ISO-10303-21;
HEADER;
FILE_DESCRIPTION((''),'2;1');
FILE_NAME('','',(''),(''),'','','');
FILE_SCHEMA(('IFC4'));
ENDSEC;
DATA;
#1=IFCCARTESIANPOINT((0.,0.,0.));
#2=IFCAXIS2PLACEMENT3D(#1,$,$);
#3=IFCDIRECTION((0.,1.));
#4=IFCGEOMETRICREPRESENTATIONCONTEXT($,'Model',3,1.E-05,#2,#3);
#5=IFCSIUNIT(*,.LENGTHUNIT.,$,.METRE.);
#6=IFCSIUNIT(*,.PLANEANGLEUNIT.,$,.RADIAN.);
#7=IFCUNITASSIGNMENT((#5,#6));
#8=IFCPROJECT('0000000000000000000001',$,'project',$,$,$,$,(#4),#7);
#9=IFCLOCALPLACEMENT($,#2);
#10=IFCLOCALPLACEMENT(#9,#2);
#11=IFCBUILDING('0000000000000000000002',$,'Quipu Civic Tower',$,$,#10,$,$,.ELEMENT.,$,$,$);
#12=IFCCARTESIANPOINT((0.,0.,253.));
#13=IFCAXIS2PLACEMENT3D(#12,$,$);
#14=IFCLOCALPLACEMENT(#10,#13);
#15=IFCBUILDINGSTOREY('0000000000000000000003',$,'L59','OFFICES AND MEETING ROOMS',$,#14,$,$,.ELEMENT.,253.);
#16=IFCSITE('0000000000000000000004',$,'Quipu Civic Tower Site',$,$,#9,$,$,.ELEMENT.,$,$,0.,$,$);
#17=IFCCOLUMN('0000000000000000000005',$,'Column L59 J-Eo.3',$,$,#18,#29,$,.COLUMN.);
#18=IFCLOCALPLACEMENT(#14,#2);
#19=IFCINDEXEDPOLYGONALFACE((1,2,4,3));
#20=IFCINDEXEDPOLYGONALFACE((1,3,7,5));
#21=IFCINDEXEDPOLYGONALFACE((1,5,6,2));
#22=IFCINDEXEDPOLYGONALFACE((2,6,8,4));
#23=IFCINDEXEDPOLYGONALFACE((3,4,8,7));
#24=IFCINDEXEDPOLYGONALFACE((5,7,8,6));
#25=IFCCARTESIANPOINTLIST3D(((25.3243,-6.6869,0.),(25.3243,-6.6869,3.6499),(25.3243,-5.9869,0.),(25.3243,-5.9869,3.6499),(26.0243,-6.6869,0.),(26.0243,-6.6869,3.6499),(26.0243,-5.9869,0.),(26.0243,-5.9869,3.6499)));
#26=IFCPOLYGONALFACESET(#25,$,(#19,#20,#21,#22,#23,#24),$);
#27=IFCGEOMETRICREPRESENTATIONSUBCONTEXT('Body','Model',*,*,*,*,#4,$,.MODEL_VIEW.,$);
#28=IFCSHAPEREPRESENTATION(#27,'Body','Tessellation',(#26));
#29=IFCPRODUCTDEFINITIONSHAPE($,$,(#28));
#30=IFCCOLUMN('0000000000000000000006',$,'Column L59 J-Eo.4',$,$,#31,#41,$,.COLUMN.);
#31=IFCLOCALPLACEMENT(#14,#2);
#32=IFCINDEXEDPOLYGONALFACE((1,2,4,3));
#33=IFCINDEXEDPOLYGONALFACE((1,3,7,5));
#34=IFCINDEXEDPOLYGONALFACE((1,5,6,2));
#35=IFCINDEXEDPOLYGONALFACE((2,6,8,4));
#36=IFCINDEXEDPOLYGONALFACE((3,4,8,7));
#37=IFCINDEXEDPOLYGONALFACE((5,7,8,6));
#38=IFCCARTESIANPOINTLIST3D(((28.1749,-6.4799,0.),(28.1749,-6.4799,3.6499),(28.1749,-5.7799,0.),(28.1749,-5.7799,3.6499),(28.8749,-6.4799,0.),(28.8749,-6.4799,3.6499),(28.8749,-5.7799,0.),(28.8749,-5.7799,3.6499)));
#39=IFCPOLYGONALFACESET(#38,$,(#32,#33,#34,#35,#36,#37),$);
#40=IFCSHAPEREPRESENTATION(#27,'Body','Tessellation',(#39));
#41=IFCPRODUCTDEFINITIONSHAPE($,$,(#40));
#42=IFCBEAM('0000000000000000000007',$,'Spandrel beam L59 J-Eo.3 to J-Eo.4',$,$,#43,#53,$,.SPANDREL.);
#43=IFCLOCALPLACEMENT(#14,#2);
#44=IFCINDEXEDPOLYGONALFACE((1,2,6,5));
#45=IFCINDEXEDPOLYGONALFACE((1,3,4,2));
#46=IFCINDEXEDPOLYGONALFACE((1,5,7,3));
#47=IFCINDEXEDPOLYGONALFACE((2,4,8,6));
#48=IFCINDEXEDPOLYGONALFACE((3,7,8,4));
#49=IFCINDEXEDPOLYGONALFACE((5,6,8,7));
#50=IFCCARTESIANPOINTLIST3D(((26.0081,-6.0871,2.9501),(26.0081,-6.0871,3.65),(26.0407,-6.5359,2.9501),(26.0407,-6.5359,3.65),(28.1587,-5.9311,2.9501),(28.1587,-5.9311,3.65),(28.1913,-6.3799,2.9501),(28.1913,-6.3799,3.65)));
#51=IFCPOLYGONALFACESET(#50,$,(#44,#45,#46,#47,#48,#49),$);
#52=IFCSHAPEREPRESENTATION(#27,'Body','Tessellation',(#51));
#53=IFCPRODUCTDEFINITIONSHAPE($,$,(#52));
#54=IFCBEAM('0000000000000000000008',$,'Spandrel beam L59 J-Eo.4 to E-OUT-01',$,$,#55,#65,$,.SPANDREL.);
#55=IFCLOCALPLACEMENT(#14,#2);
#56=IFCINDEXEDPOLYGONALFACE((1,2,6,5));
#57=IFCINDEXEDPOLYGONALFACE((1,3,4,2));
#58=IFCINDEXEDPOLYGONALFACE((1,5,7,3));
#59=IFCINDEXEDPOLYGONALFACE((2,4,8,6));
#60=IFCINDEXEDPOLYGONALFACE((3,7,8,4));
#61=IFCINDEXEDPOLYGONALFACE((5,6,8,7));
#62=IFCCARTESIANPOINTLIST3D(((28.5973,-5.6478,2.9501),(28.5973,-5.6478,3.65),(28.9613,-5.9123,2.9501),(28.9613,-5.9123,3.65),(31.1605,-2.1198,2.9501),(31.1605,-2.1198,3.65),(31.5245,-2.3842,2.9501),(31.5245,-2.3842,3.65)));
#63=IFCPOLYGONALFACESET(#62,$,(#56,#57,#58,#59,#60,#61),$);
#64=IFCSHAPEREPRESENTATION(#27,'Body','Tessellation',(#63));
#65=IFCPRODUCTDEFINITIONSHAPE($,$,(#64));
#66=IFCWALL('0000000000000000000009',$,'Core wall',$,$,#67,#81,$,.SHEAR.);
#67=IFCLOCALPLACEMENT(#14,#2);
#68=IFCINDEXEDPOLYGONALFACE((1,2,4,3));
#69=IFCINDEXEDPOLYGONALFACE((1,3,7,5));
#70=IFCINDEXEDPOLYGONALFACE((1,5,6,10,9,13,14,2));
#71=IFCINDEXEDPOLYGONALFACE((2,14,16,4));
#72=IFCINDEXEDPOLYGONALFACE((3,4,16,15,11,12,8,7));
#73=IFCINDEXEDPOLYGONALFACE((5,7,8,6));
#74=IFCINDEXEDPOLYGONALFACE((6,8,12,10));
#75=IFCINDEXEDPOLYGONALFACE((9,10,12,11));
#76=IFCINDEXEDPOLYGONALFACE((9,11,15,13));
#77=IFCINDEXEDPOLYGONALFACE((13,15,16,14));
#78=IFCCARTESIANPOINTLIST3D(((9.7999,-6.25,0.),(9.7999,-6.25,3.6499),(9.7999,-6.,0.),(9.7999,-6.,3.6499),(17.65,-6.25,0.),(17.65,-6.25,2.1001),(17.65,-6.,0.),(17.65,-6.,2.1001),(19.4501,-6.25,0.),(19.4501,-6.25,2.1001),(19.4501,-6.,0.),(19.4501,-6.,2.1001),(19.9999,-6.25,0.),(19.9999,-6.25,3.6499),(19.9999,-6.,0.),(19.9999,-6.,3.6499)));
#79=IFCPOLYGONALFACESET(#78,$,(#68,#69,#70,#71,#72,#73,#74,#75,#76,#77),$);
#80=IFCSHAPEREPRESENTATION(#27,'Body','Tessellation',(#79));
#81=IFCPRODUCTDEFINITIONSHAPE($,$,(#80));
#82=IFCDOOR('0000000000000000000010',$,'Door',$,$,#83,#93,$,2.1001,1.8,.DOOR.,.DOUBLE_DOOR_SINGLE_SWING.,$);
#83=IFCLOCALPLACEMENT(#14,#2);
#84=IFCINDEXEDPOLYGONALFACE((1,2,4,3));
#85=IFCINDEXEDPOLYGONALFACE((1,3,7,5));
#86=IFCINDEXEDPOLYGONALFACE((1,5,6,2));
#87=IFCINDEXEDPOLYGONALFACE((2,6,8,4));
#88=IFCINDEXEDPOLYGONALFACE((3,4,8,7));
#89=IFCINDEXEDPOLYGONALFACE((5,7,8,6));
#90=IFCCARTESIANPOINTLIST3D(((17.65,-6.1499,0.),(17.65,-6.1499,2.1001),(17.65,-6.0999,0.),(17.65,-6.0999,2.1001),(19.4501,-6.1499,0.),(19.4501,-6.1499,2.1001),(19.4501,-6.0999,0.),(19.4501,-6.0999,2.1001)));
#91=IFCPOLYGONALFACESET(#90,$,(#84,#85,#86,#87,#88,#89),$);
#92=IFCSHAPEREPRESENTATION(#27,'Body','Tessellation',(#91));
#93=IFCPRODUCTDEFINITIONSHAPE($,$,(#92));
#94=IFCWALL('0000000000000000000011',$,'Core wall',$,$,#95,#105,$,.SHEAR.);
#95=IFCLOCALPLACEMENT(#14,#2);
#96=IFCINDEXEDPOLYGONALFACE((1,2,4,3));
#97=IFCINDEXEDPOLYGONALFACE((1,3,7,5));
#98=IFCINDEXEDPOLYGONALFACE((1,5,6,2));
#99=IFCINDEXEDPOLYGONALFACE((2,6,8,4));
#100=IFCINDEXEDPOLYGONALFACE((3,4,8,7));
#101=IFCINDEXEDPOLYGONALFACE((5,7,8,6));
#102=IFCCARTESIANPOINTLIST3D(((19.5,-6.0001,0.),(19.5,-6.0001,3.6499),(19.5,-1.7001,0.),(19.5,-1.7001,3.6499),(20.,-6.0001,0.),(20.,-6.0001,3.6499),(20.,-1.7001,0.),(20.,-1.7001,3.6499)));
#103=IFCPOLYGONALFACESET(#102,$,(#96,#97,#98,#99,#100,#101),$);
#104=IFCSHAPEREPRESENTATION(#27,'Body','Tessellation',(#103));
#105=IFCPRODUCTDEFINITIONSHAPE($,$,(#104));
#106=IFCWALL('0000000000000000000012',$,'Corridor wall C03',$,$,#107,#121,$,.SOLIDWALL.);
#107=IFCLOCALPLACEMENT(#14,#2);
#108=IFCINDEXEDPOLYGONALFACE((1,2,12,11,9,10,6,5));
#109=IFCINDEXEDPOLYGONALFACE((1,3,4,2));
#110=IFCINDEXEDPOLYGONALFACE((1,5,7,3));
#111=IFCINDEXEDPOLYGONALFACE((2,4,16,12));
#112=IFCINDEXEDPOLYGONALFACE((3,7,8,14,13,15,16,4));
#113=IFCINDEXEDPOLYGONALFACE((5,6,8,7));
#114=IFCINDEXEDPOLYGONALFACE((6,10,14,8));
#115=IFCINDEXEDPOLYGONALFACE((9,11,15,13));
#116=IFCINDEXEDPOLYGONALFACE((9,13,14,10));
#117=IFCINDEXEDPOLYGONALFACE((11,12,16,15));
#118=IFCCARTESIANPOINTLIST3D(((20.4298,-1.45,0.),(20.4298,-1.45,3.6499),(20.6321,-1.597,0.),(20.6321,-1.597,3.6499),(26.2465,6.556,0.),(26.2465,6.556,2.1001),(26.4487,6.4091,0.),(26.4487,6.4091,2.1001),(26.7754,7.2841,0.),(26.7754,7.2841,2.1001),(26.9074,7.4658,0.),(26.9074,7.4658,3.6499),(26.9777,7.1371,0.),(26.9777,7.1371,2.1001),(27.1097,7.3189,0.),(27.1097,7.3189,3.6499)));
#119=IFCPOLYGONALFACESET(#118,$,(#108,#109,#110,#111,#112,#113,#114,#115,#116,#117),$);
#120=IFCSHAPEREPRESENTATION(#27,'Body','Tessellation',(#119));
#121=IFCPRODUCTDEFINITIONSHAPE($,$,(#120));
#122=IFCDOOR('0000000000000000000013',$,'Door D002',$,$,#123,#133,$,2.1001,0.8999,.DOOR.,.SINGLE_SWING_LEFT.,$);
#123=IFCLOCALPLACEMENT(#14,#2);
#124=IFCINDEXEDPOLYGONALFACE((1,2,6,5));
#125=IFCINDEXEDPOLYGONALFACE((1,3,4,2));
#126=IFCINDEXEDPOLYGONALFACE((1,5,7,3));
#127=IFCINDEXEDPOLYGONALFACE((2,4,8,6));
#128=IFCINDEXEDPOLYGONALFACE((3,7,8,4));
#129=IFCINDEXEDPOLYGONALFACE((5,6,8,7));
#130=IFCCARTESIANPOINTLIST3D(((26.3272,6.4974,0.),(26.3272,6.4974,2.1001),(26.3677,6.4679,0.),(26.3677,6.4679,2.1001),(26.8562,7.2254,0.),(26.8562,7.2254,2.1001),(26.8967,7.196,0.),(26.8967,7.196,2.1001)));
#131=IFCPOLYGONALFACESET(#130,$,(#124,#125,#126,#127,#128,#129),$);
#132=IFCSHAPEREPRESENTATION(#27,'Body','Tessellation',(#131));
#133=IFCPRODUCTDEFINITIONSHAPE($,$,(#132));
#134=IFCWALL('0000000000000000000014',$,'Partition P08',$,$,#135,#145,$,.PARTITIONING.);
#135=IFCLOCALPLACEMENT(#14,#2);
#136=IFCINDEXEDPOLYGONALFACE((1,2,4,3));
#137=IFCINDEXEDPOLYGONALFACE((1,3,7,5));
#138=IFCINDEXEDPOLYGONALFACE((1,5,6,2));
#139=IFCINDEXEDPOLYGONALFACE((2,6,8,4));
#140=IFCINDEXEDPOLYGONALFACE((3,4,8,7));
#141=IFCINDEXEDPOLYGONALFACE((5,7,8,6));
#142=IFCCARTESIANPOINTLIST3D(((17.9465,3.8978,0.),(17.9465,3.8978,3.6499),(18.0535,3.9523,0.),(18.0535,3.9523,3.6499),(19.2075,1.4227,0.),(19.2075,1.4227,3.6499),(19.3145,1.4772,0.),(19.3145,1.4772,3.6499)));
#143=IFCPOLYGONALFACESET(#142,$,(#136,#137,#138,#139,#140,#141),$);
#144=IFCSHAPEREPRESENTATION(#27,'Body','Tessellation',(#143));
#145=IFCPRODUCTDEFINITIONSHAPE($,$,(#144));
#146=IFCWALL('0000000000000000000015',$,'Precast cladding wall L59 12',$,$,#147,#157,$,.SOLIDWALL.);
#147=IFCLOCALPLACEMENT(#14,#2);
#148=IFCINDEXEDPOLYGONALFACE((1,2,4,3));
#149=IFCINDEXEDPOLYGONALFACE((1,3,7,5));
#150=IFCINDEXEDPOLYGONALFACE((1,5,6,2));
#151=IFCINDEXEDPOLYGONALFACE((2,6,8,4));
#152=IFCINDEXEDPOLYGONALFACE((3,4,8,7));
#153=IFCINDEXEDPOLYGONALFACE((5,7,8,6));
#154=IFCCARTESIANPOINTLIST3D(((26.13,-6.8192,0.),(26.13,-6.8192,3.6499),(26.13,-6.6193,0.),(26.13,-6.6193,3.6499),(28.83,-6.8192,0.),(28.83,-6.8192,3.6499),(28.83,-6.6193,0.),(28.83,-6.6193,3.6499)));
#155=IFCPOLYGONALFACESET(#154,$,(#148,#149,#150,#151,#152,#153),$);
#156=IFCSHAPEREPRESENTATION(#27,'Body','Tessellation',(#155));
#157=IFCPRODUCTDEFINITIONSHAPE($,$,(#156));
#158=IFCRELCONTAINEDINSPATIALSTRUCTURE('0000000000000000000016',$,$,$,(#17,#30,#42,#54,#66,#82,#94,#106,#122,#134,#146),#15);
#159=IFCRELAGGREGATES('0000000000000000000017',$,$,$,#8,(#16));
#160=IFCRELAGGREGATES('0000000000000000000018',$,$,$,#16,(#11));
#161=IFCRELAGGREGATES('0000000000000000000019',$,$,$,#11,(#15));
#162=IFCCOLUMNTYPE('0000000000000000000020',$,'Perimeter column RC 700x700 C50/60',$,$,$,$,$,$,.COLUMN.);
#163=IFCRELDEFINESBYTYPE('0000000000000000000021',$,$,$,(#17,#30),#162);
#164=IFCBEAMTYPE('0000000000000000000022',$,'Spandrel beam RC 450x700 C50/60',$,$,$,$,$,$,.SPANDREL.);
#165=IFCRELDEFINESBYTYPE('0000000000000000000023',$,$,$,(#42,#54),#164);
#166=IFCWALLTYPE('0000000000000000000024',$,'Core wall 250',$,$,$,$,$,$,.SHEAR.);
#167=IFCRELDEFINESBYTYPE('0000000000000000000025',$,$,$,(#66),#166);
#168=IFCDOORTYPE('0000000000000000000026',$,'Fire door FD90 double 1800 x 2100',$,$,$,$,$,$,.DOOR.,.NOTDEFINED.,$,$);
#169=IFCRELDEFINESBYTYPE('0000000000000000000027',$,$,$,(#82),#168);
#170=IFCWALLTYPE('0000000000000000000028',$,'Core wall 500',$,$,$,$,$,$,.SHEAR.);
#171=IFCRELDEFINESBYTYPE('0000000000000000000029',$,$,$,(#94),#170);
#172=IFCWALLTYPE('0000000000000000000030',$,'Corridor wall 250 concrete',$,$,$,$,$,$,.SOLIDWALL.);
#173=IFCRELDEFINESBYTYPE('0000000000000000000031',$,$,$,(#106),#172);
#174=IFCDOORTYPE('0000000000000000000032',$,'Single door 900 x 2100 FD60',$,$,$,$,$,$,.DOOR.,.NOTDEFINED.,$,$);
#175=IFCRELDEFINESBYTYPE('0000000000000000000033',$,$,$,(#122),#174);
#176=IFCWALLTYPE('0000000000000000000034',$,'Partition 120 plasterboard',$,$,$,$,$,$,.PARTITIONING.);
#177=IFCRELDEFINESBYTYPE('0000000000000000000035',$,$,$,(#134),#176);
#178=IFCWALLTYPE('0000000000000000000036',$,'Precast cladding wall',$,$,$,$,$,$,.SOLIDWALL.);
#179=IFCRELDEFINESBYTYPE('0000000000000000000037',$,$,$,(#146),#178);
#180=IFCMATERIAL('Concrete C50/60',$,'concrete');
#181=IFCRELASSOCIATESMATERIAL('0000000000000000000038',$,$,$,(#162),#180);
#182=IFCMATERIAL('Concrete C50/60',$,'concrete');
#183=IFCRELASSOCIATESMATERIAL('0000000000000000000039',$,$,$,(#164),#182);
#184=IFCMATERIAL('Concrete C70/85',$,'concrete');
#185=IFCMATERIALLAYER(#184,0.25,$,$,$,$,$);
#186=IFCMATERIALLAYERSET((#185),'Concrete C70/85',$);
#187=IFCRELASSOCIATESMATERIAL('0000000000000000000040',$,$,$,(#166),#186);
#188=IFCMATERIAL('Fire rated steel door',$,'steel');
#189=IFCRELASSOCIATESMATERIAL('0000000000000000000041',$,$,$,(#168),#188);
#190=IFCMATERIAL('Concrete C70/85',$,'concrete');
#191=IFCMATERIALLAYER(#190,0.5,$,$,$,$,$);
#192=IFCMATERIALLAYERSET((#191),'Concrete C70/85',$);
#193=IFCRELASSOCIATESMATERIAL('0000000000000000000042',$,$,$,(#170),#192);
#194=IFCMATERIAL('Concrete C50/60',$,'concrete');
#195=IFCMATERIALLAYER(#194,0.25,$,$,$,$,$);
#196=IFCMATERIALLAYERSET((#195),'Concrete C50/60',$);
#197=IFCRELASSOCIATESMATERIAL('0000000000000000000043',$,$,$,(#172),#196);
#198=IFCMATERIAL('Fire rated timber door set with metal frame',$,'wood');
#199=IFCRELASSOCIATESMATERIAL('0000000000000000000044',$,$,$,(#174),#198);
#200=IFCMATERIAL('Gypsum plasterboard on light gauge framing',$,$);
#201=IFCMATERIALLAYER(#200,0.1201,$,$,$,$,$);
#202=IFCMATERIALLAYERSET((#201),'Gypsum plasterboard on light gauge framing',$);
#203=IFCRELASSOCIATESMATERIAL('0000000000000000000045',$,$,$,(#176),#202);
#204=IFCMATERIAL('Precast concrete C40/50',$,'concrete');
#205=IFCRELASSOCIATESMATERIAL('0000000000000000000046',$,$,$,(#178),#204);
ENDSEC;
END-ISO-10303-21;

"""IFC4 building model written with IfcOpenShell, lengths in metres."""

from ifc_helpers import new_model, si_unit, direction, frame, frame_2d, origin, origin_2d, place, context, subcontext, project, spatial, rectangle, extrude, material, layer, layer_set, material_profile, profile_set, type_object, element, fill, save


model = new_model("IFC4")

# Units and contexts
model_context = context("Model", 3, precision=1e-05, world=origin(), true_north=direction((0.0, 1.0)))
body_context = subcontext(model_context, "Body", "Model", "MODEL_VIEW")
ifc_project = project(units=[si_unit("LENGTHUNIT", "METRE"), si_unit("PLANEANGLEUNIT", "RADIAN")], contexts=[model_context])

# Site, building, storey
site_placement = place(None, origin())
site = spatial("IfcSite", under=ifc_project, at=site_placement, Name="Quipu Civic Tower Site", CompositionType="ELEMENT", RefElevation=0.0)
building_placement = place(site_placement, origin())
building = spatial("IfcBuilding", under=site, at=building_placement, Name="Quipu Civic Tower", CompositionType="ELEMENT")
storey_placement = place(building_placement, frame((0.0, 0.0, 253.0)))
storey = spatial("IfcBuildingStorey", under=building, at=storey_placement, Name="L59", Description="OFFICES AND MEETING ROOMS", CompositionType="ELEMENT", Elevation=253.0)

# Columns
ifc_material_1 = material(Name="Concrete C50/60", Category="concrete")
ifc_material_profile_1 = material_profile(ifc_material_1, rectangle(XDim=0.7, YDim=0.7, at=origin_2d()), Name="RC700x700")
ifc_profile_set_1 = profile_set([ifc_material_profile_1], Name="Concrete C50/60")
column_type = type_object("IfcColumnType", Name="Perimeter column RC 700x700 C50/60", PredefinedType="COLUMN", material=ifc_profile_set_1)
for number, where, z_axis, x_axis, name in (
    (1, (25.6743, -6.3369, 0.0), (0.0, 0.0, 1.0), (1.0, 0.0, 0.0), "Column L59 J-Eo.3"),
    (2, (28.5249, -6.1299, 0.0), (0.0, 0.0, 1.0), (1.0, 0.0, 0.0), "Column L59 J-Eo.4"),
):
    element("IfcColumn", number, at=place(storey_placement, frame(where, z_axis=z_axis, x_axis=x_axis)), inside=storey, type_object=column_type, Name=name, PredefinedType="COLUMN", context=body_context, shape_type="SweptSolid", body=[
        extrude(rectangle(XDim=0.7, YDim=0.7, at=origin_2d()), origin(), (0.0, 0.0, 1.0), 3.6499),
    ])

# Beams
ifc_material_2 = material(Name="Concrete C50/60", Category="concrete")
ifc_material_profile_2 = material_profile(ifc_material_2, rectangle(XDim=0.45, YDim=0.7, at=origin_2d()), Name="RC450x700")
ifc_profile_set_2 = profile_set([ifc_material_profile_2], Name="Concrete C50/60")
beam_type = type_object("IfcBeamType", Name="Spandrel beam RC 450x700 C50/60", PredefinedType="SPANDREL", material=ifc_profile_set_2)
beam_1_placement = place(storey_placement, frame((26.0244, -6.3115, 3.3), z_axis=(0.997379, 0.072349, 0.0), x_axis=(-0.072349, 0.997379, 0.0)))
element("IfcBeam", 3, at=beam_1_placement, inside=storey, type_object=beam_type, Name="Spandrel beam L59 J-Eo.3 to J-Eo.4", PredefinedType="SPANDREL", context=body_context, shape_type="SweptSolid", body=[
    extrude(rectangle(XDim=0.45, YDim=0.7, at=origin_2d()), origin(), (0.0, 0.0, 1.0), 2.1562),
])
beam_2_placement = place(storey_placement, frame((28.7793, -5.78, 3.3), z_axis=(0.587776, 0.809024, 0.0), x_axis=(-0.809024, 0.587776, 0.0)))
element("IfcBeam", 4, at=beam_2_placement, inside=storey, type_object=beam_type, Name="Spandrel beam L59 J-Eo.4 to E-OUT-01", PredefinedType="SPANDREL", context=body_context, shape_type="SweptSolid", body=[
    extrude(rectangle(XDim=0.45, YDim=0.7, at=origin_2d()), origin(), (0.0, 0.0, 1.0), 4.3608),
])

# Wall, opening, door
ifc_material_3 = material(Name="Concrete C70/85", Category="concrete")
ifc_layer_1 = layer(ifc_material_3, 0.25)
ifc_layer_set_1 = layer_set([ifc_layer_1], Name="Concrete C70/85")
wall_type_1 = type_object("IfcWallType", Name="Core wall 250", PredefinedType="SHEAR", material=ifc_layer_set_1)
wall_1_placement = place(storey_placement, frame((20.0, -6.125, 0.0), z_axis=(0.0, 0.0, 1.0), x_axis=(-1.0, 0.0, 0.0)))
wall_1 = element("IfcWall", 5, at=wall_1_placement, inside=storey, type_object=wall_type_1, Name="Core wall", PredefinedType="SHEAR", context=body_context, shape_type="SweptSolid", body=[
    extrude(rectangle(XDim=10.2, YDim=0.25, at=frame_2d((5.1001, 0.0))), origin(), (0.0, 0.0, 1.0), 3.6499),
])
opening_1_placement = place(wall_1_placement, frame((0.55, 0.0, 0.0)))
opening_1 = element("IfcOpeningElement", 6, at=opening_1_placement, cuts=wall_1, PredefinedType="OPENING", context=body_context, shape_type="SweptSolid", body=[
    extrude(rectangle(XDim=1.8, YDim=2.1001, at=frame_2d((0.8999, 1.05))), frame((0.0, 0.135, 0.0), z_axis=(0.0, -1.0, 0.0), x_axis=(1.0, 0.0, 0.0)), (0.0, 0.0, 1.0), 0.27),
])
ifc_material_4 = material(Name="Fire rated steel door", Category="steel")
door_type_1 = type_object("IfcDoorType", Name="Fire door FD90 double 1800 x 2100", OperationType="NOTDEFINED", PredefinedType="DOOR", material=ifc_material_4)
door_1_placement = place(opening_1_placement, origin())
door_1 = element("IfcDoor", 7, at=door_1_placement, inside=storey, type_object=door_type_1, Name="Door", OperationType="DOUBLE_DOOR_SINGLE_SWING", OverallHeight=2.1001, OverallWidth=1.8, PredefinedType="DOOR", context=body_context, shape_type="SweptSolid", body=[
    extrude(rectangle(XDim=1.8, YDim=2.1001, at=frame_2d((0.8999, 1.05))), frame((0.0, 0.0249, 0.0), z_axis=(0.0, -1.0, 0.0), x_axis=(1.0, 0.0, 0.0)), (0.0, 0.0, 1.0), 0.05),
])
fill(opening_1, door_1)

# Wall
ifc_material_5 = material(Name="Concrete C70/85", Category="concrete")
ifc_layer_2 = layer(ifc_material_5, 0.5)
ifc_layer_set_2 = layer_set([ifc_layer_2], Name="Concrete C70/85")
wall_type_2 = type_object("IfcWallType", Name="Core wall 500", PredefinedType="SHEAR", material=ifc_layer_set_2)
wall_2_placement = place(storey_placement, frame((19.75, -6.0, 0.0), z_axis=(0.0, 0.0, 1.0), x_axis=(0.0, 1.0, 0.0)))
element("IfcWall", 8, at=wall_2_placement, inside=storey, type_object=wall_type_2, Name="Core wall", PredefinedType="SHEAR", context=body_context, shape_type="SweptSolid", body=[
    extrude(rectangle(XDim=4.3, YDim=0.5, at=frame_2d((2.1499, 0.0))), origin(), (0.0, 0.0, 1.0), 3.6499),
])

# Wall, opening, door
ifc_material_6 = material(Name="Concrete C50/60", Category="concrete")
ifc_layer_3 = layer(ifc_material_6, 0.25)
ifc_layer_set_3 = layer_set([ifc_layer_3], Name="Concrete C50/60")
wall_type_3 = type_object("IfcWallType", Name="Corridor wall 250 concrete", PredefinedType="SOLIDWALL", material=ifc_layer_set_3)
wall_3_placement = place(storey_placement, frame((27.0085, 7.3923, 0.0), z_axis=(0.0, 0.0, 1.0), x_axis=(-0.587776, -0.809023, 0.0)))
wall_3 = element("IfcWall", 9, at=wall_3_placement, inside=storey, type_object=wall_type_3, Name="Corridor wall C03", PredefinedType="SOLIDWALL", context=body_context, shape_type="SweptSolid", body=[
    extrude(rectangle(XDim=11.0205, YDim=0.25, at=frame_2d((5.5103, 0.0))), origin(), (0.0, 0.0, 1.0), 3.6499),
])
opening_2_placement = place(wall_3_placement, frame((0.2246, 0.0, 0.0)))
opening_2 = element("IfcOpeningElement", 10, at=opening_2_placement, cuts=wall_3, PredefinedType="OPENING", context=body_context, shape_type="SweptSolid", body=[
    extrude(rectangle(XDim=0.8999, YDim=2.1001, at=frame_2d((0.45, 1.05))), frame((0.0, 0.135, 0.0), z_axis=(0.0, -1.0, 0.0), x_axis=(1.0, 0.0, 0.0)), (0.0, 0.0, 1.0), 0.27),
])
ifc_material_7 = material(Name="Fire rated timber door set with metal frame", Category="wood")
door_type_2 = type_object("IfcDoorType", Name="Single door 900 x 2100 FD60", OperationType="NOTDEFINED", PredefinedType="DOOR", material=ifc_material_7)
door_2_placement = place(opening_2_placement, origin())
door_2 = element("IfcDoor", 11, at=door_2_placement, inside=storey, type_object=door_type_2, Name="Door D002", OperationType="SINGLE_SWING_LEFT", OverallHeight=2.1001, OverallWidth=0.8999, PredefinedType="DOOR", context=body_context, shape_type="SweptSolid", body=[
    extrude(rectangle(XDim=0.8999, YDim=2.1001, at=frame_2d((0.45, 1.05))), frame((0.0, 0.0249, 0.0), z_axis=(0.0, -1.0, 0.0), x_axis=(1.0, 0.0, 0.0)), (0.0, 0.0, 1.0), 0.05),
])
fill(opening_2, door_2)

# Walls
ifc_material_8 = material(Name="Gypsum plasterboard on light gauge framing")
ifc_layer_4 = layer(ifc_material_8, 0.1201)
ifc_layer_set_4 = layer_set([ifc_layer_4], Name="Gypsum plasterboard on light gauge framing")
wall_type_4 = type_object("IfcWallType", Name="Partition 120 plasterboard", PredefinedType="PARTITIONING", material=ifc_layer_set_4)
wall_4_placement = place(storey_placement, frame((18.0, 3.925, 0.0), z_axis=(0.0, 0.0, 1.0), x_axis=(0.453951, -0.891027, 0.0)))
element("IfcWall", 12, at=wall_4_placement, inside=storey, type_object=wall_type_4, Name="Partition P08", PredefinedType="PARTITIONING", context=body_context, shape_type="SweptSolid", body=[
    extrude(rectangle(XDim=2.7778, YDim=0.1201, at=frame_2d((1.3889, 0.0))), origin(), (0.0, 0.0, 1.0), 3.6499),
])
ifc_material_9 = material(Name="Precast concrete C40/50", Category="concrete")
wall_type_5 = type_object("IfcWallType", Name="Precast cladding wall", PredefinedType="SOLIDWALL", material=ifc_material_9)
wall_5_placement = place(storey_placement, frame((26.1299, -6.7192, 0.0), z_axis=(0.0, 0.0, 1.0), x_axis=(1.0, 0.0, 0.0)))
element("IfcWall", 13, at=wall_5_placement, inside=storey, type_object=wall_type_5, Name="Precast cladding wall L59 12", PredefinedType="SOLIDWALL", context=body_context, shape_type="SweptSolid", body=[
    extrude(rectangle(XDim=2.7, YDim=0.2, at=frame_2d((1.3501, 0.0))), origin(), (0.0, 0.0, 1.0), 3.6499),
])

save(model, "model.ifc")
